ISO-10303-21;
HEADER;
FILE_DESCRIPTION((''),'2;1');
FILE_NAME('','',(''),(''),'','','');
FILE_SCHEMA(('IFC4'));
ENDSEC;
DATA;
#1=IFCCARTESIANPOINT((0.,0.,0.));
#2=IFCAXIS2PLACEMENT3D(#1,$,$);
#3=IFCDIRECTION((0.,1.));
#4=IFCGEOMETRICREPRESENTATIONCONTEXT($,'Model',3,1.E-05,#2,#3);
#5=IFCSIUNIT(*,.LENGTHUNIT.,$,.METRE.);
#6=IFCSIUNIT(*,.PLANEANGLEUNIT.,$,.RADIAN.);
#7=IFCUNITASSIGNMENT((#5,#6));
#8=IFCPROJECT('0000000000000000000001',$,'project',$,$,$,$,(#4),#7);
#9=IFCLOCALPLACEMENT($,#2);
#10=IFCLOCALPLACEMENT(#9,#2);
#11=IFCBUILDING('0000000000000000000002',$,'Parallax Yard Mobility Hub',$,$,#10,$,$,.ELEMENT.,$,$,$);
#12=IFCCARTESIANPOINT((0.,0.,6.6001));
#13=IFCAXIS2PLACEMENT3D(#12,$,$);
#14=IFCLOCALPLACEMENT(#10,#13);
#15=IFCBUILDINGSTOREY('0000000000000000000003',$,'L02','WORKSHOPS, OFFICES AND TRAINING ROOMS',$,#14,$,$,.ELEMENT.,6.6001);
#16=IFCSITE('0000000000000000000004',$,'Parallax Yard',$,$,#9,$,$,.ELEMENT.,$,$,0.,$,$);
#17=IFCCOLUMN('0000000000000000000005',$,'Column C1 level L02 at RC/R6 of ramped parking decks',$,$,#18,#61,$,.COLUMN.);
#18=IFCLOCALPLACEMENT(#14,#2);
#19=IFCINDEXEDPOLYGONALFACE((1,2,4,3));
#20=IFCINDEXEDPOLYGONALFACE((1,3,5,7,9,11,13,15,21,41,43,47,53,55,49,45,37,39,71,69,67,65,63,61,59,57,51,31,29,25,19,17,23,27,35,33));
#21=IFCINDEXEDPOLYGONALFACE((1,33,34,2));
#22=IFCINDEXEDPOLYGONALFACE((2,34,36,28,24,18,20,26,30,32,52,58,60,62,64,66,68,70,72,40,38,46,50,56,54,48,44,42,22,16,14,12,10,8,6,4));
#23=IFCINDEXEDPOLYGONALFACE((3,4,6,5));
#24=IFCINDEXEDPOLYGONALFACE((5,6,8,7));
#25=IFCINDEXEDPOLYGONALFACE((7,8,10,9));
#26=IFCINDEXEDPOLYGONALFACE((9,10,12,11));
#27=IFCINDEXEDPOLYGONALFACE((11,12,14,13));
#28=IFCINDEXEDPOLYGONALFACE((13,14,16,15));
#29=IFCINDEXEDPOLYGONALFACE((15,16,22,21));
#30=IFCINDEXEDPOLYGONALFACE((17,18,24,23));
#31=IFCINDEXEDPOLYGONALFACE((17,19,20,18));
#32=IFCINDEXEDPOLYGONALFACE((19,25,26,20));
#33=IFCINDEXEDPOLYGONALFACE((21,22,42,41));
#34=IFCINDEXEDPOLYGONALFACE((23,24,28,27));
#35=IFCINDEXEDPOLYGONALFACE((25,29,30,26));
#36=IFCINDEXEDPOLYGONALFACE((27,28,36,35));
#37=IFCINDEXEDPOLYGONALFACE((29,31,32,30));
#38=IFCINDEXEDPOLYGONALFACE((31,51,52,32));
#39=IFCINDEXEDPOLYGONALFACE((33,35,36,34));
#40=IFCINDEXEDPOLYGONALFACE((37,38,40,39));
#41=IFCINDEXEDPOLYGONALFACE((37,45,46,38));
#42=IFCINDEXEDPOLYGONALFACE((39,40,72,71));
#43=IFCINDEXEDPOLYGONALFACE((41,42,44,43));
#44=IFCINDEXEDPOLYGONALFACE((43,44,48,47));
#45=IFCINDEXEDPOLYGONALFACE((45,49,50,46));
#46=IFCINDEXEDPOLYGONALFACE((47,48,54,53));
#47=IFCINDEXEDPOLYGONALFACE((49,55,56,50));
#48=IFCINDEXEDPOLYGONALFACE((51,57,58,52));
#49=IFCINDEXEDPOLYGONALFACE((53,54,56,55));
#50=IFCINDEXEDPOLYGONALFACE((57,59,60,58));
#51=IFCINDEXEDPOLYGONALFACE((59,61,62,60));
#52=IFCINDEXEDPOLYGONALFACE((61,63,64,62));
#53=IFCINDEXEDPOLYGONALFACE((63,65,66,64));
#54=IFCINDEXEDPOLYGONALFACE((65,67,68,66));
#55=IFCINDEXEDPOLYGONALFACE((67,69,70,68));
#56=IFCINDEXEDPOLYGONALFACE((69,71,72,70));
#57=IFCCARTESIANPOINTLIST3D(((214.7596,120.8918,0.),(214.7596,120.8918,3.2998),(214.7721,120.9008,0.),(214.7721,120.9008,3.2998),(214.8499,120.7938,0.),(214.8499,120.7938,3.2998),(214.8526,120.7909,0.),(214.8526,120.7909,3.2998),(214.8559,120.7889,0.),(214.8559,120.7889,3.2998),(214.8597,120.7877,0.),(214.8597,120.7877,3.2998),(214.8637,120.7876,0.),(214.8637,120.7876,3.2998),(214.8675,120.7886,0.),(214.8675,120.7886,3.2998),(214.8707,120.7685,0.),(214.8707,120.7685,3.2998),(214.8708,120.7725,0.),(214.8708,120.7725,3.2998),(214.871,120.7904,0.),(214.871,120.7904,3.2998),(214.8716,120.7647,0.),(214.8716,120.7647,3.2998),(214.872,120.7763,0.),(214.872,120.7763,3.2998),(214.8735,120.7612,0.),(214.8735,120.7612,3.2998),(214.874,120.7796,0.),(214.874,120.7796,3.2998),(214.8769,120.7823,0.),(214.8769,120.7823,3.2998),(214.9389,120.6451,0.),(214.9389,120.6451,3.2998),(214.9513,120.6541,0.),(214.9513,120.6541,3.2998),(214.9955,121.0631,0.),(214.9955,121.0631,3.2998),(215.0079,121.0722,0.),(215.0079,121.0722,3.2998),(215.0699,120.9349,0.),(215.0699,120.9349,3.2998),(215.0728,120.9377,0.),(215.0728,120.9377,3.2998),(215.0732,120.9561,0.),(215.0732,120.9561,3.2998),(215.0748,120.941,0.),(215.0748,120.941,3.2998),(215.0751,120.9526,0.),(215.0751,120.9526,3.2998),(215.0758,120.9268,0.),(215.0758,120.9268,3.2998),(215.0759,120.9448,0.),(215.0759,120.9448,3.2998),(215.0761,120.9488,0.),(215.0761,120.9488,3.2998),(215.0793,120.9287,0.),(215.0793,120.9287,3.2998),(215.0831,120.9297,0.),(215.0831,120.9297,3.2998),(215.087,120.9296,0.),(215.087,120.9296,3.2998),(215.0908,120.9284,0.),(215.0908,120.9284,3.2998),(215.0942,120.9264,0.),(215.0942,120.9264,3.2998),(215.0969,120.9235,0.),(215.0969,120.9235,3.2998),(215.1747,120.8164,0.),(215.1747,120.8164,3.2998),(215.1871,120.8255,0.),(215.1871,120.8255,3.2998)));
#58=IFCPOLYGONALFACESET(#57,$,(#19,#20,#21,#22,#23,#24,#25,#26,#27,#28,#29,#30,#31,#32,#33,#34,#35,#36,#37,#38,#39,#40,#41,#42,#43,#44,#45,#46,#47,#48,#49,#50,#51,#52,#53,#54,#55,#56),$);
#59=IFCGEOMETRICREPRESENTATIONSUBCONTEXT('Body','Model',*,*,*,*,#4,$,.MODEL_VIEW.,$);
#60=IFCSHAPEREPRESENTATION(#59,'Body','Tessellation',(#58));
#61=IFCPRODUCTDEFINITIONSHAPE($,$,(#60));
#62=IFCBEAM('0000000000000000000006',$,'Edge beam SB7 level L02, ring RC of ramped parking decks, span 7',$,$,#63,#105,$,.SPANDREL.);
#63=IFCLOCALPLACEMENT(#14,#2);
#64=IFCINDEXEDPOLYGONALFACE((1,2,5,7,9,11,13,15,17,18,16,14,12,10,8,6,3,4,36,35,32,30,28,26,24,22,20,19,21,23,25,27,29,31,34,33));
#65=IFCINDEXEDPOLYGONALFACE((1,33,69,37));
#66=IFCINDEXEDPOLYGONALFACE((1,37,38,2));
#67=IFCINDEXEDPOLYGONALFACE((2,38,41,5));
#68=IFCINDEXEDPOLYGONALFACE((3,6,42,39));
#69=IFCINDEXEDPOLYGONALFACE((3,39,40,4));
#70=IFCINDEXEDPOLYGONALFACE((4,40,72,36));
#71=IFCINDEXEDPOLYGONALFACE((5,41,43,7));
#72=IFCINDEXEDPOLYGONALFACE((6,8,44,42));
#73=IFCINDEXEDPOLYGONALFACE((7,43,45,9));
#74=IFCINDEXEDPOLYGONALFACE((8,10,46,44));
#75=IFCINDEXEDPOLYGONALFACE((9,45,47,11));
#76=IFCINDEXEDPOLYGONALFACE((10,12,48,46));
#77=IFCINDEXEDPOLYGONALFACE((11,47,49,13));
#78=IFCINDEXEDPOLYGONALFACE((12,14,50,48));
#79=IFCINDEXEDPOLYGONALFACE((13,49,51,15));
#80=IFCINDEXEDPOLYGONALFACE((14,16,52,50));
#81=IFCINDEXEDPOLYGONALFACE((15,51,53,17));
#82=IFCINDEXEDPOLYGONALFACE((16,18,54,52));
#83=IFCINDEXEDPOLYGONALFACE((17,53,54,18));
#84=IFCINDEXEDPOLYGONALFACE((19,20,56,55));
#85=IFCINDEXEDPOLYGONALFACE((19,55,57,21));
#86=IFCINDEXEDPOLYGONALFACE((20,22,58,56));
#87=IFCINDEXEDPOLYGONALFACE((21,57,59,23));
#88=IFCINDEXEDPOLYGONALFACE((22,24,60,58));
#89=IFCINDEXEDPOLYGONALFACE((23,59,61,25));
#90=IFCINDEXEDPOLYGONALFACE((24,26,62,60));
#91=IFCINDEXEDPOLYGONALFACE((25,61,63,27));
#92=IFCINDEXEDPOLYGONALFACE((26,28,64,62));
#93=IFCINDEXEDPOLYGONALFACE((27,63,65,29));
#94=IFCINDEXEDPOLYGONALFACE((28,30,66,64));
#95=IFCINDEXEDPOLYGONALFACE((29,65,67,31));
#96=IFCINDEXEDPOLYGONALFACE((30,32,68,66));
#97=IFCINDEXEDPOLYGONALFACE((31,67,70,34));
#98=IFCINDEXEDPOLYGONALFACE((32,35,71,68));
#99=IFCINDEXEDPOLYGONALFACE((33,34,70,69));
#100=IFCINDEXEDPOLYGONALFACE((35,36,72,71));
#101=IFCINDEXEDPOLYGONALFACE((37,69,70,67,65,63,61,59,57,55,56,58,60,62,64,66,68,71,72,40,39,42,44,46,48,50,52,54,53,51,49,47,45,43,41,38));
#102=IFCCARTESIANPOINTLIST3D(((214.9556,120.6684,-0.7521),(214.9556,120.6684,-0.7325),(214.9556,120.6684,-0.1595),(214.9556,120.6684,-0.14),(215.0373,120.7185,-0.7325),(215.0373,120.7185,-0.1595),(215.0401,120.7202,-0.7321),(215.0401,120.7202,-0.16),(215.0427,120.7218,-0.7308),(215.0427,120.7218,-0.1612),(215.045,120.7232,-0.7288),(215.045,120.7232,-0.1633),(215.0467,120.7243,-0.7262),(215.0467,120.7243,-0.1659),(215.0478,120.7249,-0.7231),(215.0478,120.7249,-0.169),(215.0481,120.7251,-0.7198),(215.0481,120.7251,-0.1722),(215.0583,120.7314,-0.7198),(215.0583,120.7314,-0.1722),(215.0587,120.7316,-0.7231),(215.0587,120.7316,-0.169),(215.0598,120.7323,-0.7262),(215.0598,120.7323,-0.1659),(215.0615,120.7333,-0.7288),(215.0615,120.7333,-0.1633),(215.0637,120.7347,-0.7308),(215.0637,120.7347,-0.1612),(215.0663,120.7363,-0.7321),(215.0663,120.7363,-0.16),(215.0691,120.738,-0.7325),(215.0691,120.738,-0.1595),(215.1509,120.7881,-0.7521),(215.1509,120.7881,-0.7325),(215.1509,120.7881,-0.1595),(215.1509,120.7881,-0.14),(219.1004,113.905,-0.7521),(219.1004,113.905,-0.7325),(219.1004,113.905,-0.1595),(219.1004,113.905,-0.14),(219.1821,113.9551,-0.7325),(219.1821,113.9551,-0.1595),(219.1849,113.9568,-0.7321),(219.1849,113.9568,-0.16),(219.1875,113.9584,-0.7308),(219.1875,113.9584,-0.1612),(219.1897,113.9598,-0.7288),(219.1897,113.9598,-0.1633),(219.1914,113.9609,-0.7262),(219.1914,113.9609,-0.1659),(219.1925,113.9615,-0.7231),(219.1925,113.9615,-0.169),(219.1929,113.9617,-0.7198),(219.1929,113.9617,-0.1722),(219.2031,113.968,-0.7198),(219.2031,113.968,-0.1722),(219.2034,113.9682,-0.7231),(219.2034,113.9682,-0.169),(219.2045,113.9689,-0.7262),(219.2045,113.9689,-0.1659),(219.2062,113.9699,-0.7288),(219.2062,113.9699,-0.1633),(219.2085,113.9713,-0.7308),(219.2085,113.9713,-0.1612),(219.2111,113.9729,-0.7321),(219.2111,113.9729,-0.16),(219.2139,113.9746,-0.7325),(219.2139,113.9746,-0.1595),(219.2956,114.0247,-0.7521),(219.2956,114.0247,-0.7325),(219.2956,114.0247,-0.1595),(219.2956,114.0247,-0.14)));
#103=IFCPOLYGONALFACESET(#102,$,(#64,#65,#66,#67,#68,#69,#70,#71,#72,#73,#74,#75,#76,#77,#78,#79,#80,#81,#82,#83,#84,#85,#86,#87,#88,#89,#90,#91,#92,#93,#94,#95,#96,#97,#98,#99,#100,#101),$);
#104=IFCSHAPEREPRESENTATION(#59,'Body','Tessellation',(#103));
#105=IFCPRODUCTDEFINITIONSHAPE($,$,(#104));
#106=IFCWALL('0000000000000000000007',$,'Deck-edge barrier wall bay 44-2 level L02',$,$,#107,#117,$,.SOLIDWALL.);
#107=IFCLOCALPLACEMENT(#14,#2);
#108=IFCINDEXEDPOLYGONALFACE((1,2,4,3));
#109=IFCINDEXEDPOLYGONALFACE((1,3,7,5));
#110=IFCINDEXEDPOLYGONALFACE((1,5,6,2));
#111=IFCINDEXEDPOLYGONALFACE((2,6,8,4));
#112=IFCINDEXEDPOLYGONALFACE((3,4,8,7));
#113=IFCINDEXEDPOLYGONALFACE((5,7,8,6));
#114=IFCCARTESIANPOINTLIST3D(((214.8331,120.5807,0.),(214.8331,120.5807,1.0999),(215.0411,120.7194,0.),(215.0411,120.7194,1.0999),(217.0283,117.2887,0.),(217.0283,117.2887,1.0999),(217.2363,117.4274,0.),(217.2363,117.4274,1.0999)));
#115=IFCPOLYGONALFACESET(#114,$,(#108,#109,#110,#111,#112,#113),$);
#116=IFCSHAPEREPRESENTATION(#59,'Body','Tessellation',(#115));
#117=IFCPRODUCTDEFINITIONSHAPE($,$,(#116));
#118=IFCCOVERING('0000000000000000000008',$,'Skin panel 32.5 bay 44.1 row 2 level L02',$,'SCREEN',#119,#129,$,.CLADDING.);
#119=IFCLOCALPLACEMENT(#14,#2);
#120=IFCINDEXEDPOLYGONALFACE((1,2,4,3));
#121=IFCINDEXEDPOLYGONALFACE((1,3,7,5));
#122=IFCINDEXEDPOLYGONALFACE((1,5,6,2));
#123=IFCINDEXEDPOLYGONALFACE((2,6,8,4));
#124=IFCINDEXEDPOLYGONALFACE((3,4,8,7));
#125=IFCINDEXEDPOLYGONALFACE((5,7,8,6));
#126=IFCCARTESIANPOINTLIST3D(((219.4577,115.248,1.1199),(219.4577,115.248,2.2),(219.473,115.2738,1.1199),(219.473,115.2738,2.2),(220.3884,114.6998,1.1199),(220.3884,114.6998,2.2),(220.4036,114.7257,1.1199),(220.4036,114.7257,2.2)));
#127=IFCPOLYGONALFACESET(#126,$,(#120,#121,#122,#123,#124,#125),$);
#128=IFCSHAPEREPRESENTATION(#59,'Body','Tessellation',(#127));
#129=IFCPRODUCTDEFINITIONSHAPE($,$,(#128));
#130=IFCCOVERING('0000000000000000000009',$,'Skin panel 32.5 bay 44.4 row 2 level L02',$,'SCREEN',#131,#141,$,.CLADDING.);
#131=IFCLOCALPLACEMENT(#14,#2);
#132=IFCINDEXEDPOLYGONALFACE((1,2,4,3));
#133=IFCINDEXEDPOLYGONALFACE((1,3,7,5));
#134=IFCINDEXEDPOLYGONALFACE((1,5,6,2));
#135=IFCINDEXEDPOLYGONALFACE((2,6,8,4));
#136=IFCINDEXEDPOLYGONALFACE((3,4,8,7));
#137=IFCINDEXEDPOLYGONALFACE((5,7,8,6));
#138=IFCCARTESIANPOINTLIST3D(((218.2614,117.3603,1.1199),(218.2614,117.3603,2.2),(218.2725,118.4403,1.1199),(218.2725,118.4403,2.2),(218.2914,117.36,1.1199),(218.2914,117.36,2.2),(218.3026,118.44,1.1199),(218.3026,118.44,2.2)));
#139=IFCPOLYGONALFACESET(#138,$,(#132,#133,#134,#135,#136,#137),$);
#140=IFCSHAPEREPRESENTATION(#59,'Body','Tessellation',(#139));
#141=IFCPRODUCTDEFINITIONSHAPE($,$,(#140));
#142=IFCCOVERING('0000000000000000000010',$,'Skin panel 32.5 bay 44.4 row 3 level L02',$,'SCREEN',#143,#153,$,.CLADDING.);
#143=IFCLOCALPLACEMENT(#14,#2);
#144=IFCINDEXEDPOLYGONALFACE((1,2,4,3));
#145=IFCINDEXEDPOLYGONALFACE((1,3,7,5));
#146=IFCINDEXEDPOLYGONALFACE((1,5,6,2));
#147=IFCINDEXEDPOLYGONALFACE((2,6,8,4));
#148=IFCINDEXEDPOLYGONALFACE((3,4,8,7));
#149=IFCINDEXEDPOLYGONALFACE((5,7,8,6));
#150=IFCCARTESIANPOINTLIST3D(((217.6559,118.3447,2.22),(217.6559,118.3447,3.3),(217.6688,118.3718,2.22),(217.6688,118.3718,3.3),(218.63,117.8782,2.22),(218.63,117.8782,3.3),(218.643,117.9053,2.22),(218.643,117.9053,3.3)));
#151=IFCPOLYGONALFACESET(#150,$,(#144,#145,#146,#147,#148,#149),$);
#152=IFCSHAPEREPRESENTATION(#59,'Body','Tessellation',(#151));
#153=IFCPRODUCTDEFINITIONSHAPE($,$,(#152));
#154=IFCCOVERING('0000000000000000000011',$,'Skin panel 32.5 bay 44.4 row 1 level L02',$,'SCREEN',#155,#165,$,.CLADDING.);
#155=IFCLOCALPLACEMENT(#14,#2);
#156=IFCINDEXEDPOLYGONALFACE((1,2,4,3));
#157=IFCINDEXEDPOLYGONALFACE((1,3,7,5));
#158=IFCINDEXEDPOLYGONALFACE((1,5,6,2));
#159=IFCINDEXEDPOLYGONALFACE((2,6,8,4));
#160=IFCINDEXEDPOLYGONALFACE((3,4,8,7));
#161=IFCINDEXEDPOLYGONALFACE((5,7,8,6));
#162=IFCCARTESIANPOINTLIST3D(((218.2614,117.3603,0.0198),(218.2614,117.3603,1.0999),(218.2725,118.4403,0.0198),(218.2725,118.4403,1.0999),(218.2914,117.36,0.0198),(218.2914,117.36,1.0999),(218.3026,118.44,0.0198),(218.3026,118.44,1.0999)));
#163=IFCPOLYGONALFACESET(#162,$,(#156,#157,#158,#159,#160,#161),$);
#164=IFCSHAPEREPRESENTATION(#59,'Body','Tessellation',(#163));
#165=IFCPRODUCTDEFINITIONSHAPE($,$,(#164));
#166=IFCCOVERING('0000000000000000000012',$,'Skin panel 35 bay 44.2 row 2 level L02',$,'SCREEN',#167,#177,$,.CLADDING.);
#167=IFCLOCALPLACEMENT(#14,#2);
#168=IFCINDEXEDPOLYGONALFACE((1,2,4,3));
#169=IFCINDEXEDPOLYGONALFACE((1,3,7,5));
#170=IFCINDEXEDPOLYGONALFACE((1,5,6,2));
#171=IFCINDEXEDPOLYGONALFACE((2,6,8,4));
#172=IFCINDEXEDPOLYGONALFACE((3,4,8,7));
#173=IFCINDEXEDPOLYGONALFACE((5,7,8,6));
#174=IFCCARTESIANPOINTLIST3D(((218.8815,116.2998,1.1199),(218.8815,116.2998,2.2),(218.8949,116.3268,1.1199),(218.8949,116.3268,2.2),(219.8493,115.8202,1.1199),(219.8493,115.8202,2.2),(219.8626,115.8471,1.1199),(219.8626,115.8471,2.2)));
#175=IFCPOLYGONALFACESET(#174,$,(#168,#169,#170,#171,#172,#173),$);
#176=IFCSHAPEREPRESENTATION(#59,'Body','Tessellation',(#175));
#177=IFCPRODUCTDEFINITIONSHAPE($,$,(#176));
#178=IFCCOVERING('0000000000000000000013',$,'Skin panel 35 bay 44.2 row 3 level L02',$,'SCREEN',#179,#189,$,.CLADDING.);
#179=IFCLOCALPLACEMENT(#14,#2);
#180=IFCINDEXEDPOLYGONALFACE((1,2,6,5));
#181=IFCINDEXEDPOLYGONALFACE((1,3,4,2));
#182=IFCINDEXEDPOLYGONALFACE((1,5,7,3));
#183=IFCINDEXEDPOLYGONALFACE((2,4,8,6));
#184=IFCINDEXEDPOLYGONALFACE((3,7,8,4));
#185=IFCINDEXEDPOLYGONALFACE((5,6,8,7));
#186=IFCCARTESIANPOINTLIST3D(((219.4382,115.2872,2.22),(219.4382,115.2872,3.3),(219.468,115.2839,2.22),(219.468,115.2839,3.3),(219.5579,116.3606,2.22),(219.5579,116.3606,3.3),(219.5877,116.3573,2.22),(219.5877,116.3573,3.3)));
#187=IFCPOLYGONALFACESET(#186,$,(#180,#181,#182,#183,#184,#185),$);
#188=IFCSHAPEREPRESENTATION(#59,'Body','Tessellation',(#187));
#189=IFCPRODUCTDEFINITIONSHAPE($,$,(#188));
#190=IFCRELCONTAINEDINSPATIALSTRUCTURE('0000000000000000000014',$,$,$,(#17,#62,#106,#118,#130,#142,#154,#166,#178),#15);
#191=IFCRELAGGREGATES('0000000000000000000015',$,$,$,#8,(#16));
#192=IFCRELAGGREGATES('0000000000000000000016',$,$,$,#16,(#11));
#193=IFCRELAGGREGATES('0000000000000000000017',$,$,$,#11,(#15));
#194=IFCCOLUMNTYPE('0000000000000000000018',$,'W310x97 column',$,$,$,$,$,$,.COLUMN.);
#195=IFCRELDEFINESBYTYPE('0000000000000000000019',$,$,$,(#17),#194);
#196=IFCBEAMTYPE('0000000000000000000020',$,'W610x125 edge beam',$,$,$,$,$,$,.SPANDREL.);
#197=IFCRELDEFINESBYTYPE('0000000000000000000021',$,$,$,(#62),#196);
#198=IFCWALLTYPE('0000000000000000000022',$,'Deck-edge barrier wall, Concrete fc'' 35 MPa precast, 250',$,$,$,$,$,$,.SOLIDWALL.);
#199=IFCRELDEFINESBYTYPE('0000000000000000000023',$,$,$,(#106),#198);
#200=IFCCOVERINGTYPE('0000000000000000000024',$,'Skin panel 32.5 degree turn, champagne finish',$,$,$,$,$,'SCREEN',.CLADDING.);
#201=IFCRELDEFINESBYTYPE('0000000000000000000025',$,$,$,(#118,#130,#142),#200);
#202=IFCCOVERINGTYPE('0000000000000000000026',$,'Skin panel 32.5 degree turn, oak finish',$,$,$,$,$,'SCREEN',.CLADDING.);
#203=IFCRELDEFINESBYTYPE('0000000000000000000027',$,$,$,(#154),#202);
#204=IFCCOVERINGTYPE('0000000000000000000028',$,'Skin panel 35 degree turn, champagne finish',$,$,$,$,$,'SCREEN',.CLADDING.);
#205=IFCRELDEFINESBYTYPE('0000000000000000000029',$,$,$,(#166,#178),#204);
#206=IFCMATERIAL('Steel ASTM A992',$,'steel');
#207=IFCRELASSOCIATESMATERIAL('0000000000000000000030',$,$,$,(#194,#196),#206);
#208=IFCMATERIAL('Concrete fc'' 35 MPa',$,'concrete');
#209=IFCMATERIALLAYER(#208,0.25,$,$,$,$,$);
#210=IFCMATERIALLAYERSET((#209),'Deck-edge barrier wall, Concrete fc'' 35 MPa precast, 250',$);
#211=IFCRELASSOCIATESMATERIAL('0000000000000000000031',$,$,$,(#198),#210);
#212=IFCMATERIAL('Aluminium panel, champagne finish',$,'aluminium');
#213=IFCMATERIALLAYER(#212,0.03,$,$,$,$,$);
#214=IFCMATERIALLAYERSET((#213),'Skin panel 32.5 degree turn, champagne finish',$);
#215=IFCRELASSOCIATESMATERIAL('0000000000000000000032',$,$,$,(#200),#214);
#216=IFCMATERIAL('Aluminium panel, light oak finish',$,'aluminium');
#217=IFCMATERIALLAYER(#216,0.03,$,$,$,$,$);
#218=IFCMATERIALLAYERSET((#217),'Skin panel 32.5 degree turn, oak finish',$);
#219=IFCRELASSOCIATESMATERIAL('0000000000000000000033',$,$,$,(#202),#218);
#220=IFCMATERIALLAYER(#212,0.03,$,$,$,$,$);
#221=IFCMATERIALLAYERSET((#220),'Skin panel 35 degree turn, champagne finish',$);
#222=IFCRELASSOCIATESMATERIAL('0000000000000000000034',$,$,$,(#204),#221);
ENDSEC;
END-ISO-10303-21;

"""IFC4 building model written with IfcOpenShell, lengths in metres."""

from ifc_helpers import new_model, si_unit, direction, frame, frame_2d, origin, origin_2d, place, context, subcontext, project, spatial, rectangle, i_section, extrude, material, layer, layer_set, material_profile, profile_set, type_object, element, save


model = new_model("IFC4")

# Units and contexts
model_context = context("Model", 3, precision=1e-05, world=origin(), true_north=direction((0.0, 1.0)))
body_context = subcontext(model_context, "Body", "Model", "MODEL_VIEW")
ifc_project = project(units=[si_unit("LENGTHUNIT", "METRE"), si_unit("PLANEANGLEUNIT", "RADIAN")], contexts=[model_context])

# Site, building, storey
site_placement = place(None, origin())
site = spatial("IfcSite", under=ifc_project, at=site_placement, Name="Parallax Yard", CompositionType="ELEMENT", RefElevation=0.0)
building_placement = place(site_placement, origin())
building = spatial("IfcBuilding", under=site, at=building_placement, Name="Parallax Yard Mobility Hub", CompositionType="ELEMENT")
storey_placement = place(building_placement, frame((0.0, 0.0, 6.6001)))
storey = spatial("IfcBuildingStorey", under=building, at=storey_placement, Name="L02", Description="WORKSHOPS, OFFICES AND TRAINING ROOMS", CompositionType="ELEMENT", Elevation=6.6001)

# Column
ifc_material_1 = material(Name="Steel ASTM A992", Category="steel")
ifc_material_profile_1 = material_profile(ifc_material_1, i_section(OverallWidth=0.3049, OverallDepth=0.3069, WebThickness=0.01, FlangeThickness=0.0154, FilletRadius=0.0151, at=origin_2d()), Name="W310x97")
ifc_profile_set_1 = profile_set([ifc_material_profile_1], Name="Steel ASTM A992")
column_type = type_object("IfcColumnType", Name="W310x97 column", PredefinedType="COLUMN", material=ifc_profile_set_1)
column_placement = place(storey_placement, frame((214.9734, 120.8586, 0.0), z_axis=(0.0, 0.0, 1.0), x_axis=(-0.587785, 0.809017, 0.0)))
element("IfcColumn", 1, at=column_placement, inside=storey, type_object=column_type, Name="Column C1 level L02 at RC/R6 of ramped parking decks", PredefinedType="COLUMN", context=body_context, shape_type="SweptSolid", body=[
    extrude(i_section(OverallWidth=0.3049, OverallDepth=0.3069, WebThickness=0.01, FlangeThickness=0.0154, FilletRadius=0.0151, at=origin_2d()), origin(), (0.0, 0.0, 1.0), 3.2998),
])

# Beam
ifc_material_profile_2 = material_profile(ifc_material_1, i_section(OverallWidth=0.229, OverallDepth=0.6121, WebThickness=0.012, FlangeThickness=0.0195, FilletRadius=0.0127, at=origin_2d()), Name="W610x125")
ifc_profile_set_2 = profile_set([ifc_material_profile_2], Name="Steel ASTM A992")
beam_type = type_object("IfcBeamType", Name="W610x125 edge beam", PredefinedType="SPANDREL", material=ifc_profile_set_2)
beam_placement = place(storey_placement, frame((215.0532, 120.7283, -0.446), z_axis=(0.522512, -0.852632, 0.0), x_axis=(0.852632, 0.522512, 0.0)))
element("IfcBeam", 2, at=beam_placement, inside=storey, type_object=beam_type, Name="Edge beam SB7 level L02, ring RC of ramped parking decks, span 7", PredefinedType="SPANDREL", context=body_context, shape_type="SweptSolid", body=[
    extrude(i_section(OverallWidth=0.229, OverallDepth=0.6121, WebThickness=0.012, FlangeThickness=0.0195, FilletRadius=0.0127, at=origin_2d()), origin(), (0.0, 0.0, 1.0), 7.9324),
])

# Wall
ifc_material_2 = material(Name="Concrete fc' 35 MPa", Category="concrete")
ifc_layer_1 = layer(ifc_material_2, 0.25)
ifc_layer_set_1 = layer_set([ifc_layer_1], Name="Deck-edge barrier wall, Concrete fc' 35 MPa precast, 250")
wall_type = type_object("IfcWallType", Name="Deck-edge barrier wall, Concrete fc' 35 MPa precast, 250", PredefinedType="SOLIDWALL", material=ifc_layer_set_1)
wall_placement = place(storey_placement, frame((217.1323, 117.3579, 0.0), z_axis=(0.0, 0.0, 1.0), x_axis=(-0.554771, 0.832003, 0.0)))
element("IfcWall", 3, at=wall_placement, inside=storey, type_object=wall_type, Name="Deck-edge barrier wall bay 44-2 level L02", PredefinedType="SOLIDWALL", context=body_context, shape_type="SweptSolid", body=[
    extrude(rectangle(XDim=3.9568, YDim=0.25, at=frame_2d((1.9785, 0.0))), origin(), (0.0, 0.0, 1.0), 1.0999),
])

# Coverings
ifc_material_3 = material(Name="Aluminium panel, champagne finish", Category="aluminium")
ifc_layer_2 = layer(ifc_material_3, 0.03)
ifc_layer_set_2 = layer_set([ifc_layer_2], Name="Skin panel 32.5 degree turn, champagne finish")
covering_type_1 = type_object("IfcCoveringType", Name="Skin panel 32.5 degree turn, champagne finish", ElementType="SCREEN", PredefinedType="CLADDING", material=ifc_layer_set_2)
for number, where, z_axis, x_axis, name in (
    (4, (219.9307, 114.9868, 1.1199), (0.0, 0.0, 1.0), (0.861629, -0.507538, 0.0), "Skin panel 32.5 bay 44.1 row 2 level L02"),
    (5, (218.282, 117.9001, 1.1199), (0.0, 0.0, 1.0), (0.010313, 0.999947, 0.0), "Skin panel 32.5 bay 44.4 row 2 level L02"),
    (6, (218.1494, 118.125, 2.22), (0.0, 0.0, 1.0), (0.901901, -0.431943, 0.0), "Skin panel 32.5 bay 44.4 row 3 level L02"),
):
    element("IfcCovering", number, at=place(storey_placement, frame(where, z_axis=z_axis, x_axis=x_axis)), inside=storey, type_object=covering_type_1, Name=name, ObjectType="SCREEN", PredefinedType="CLADDING", context=body_context, shape_type="SweptSolid", body=[
        extrude(rectangle(XDim=1.0801, YDim=0.03, at=origin_2d()), origin(), (0.0, 0.0, 1.0), 1.0801),
    ])
ifc_material_4 = material(Name="Aluminium panel, light oak finish", Category="aluminium")
ifc_layer_3 = layer(ifc_material_4, 0.03)
ifc_layer_set_3 = layer_set([ifc_layer_3], Name="Skin panel 32.5 degree turn, oak finish")
covering_type_2 = type_object("IfcCoveringType", Name="Skin panel 32.5 degree turn, oak finish", ElementType="SCREEN", PredefinedType="CLADDING", material=ifc_layer_set_3)
covering_placement = place(storey_placement, frame((218.282, 117.9001, 0.0198), z_axis=(0.0, 0.0, 1.0), x_axis=(0.010313, 0.999947, 0.0)))
element("IfcCovering", 7, at=covering_placement, inside=storey, type_object=covering_type_2, Name="Skin panel 32.5 bay 44.4 row 1 level L02", ObjectType="SCREEN", PredefinedType="CLADDING", context=body_context, shape_type="SweptSolid", body=[
    extrude(rectangle(XDim=1.0801, YDim=0.03, at=origin_2d()), origin(), (0.0, 0.0, 1.0), 1.0801),
])
ifc_layer_4 = layer(ifc_material_3, 0.03)
ifc_layer_set_4 = layer_set([ifc_layer_4], Name="Skin panel 35 degree turn, champagne finish")
covering_type_3 = type_object("IfcCoveringType", Name="Skin panel 35 degree turn, champagne finish", ElementType="SCREEN", PredefinedType="CLADDING", material=ifc_layer_set_4)
for number, where, z_axis, x_axis, name in (
    (8, (219.3721, 116.0735, 1.1199), (0.0, 0.0, 1.0), (0.895994, -0.444066, 0.0), "Skin panel 35 bay 44.2 row 2 level L02"),
    (9, (219.5129, 115.8223, 2.22), (0.0, 0.0, 1.0), (0.110838, 0.993839, 0.0), "Skin panel 35 bay 44.2 row 3 level L02"),
):
    element("IfcCovering", number, at=place(storey_placement, frame(where, z_axis=z_axis, x_axis=x_axis)), inside=storey, type_object=covering_type_3, Name=name, ObjectType="SCREEN", PredefinedType="CLADDING", context=body_context, shape_type="SweptSolid", body=[
        extrude(rectangle(XDim=1.0801, YDim=0.03, at=origin_2d()), origin(), (0.0, 0.0, 1.0), 1.0801),
    ])

save(model, "model.ifc")
